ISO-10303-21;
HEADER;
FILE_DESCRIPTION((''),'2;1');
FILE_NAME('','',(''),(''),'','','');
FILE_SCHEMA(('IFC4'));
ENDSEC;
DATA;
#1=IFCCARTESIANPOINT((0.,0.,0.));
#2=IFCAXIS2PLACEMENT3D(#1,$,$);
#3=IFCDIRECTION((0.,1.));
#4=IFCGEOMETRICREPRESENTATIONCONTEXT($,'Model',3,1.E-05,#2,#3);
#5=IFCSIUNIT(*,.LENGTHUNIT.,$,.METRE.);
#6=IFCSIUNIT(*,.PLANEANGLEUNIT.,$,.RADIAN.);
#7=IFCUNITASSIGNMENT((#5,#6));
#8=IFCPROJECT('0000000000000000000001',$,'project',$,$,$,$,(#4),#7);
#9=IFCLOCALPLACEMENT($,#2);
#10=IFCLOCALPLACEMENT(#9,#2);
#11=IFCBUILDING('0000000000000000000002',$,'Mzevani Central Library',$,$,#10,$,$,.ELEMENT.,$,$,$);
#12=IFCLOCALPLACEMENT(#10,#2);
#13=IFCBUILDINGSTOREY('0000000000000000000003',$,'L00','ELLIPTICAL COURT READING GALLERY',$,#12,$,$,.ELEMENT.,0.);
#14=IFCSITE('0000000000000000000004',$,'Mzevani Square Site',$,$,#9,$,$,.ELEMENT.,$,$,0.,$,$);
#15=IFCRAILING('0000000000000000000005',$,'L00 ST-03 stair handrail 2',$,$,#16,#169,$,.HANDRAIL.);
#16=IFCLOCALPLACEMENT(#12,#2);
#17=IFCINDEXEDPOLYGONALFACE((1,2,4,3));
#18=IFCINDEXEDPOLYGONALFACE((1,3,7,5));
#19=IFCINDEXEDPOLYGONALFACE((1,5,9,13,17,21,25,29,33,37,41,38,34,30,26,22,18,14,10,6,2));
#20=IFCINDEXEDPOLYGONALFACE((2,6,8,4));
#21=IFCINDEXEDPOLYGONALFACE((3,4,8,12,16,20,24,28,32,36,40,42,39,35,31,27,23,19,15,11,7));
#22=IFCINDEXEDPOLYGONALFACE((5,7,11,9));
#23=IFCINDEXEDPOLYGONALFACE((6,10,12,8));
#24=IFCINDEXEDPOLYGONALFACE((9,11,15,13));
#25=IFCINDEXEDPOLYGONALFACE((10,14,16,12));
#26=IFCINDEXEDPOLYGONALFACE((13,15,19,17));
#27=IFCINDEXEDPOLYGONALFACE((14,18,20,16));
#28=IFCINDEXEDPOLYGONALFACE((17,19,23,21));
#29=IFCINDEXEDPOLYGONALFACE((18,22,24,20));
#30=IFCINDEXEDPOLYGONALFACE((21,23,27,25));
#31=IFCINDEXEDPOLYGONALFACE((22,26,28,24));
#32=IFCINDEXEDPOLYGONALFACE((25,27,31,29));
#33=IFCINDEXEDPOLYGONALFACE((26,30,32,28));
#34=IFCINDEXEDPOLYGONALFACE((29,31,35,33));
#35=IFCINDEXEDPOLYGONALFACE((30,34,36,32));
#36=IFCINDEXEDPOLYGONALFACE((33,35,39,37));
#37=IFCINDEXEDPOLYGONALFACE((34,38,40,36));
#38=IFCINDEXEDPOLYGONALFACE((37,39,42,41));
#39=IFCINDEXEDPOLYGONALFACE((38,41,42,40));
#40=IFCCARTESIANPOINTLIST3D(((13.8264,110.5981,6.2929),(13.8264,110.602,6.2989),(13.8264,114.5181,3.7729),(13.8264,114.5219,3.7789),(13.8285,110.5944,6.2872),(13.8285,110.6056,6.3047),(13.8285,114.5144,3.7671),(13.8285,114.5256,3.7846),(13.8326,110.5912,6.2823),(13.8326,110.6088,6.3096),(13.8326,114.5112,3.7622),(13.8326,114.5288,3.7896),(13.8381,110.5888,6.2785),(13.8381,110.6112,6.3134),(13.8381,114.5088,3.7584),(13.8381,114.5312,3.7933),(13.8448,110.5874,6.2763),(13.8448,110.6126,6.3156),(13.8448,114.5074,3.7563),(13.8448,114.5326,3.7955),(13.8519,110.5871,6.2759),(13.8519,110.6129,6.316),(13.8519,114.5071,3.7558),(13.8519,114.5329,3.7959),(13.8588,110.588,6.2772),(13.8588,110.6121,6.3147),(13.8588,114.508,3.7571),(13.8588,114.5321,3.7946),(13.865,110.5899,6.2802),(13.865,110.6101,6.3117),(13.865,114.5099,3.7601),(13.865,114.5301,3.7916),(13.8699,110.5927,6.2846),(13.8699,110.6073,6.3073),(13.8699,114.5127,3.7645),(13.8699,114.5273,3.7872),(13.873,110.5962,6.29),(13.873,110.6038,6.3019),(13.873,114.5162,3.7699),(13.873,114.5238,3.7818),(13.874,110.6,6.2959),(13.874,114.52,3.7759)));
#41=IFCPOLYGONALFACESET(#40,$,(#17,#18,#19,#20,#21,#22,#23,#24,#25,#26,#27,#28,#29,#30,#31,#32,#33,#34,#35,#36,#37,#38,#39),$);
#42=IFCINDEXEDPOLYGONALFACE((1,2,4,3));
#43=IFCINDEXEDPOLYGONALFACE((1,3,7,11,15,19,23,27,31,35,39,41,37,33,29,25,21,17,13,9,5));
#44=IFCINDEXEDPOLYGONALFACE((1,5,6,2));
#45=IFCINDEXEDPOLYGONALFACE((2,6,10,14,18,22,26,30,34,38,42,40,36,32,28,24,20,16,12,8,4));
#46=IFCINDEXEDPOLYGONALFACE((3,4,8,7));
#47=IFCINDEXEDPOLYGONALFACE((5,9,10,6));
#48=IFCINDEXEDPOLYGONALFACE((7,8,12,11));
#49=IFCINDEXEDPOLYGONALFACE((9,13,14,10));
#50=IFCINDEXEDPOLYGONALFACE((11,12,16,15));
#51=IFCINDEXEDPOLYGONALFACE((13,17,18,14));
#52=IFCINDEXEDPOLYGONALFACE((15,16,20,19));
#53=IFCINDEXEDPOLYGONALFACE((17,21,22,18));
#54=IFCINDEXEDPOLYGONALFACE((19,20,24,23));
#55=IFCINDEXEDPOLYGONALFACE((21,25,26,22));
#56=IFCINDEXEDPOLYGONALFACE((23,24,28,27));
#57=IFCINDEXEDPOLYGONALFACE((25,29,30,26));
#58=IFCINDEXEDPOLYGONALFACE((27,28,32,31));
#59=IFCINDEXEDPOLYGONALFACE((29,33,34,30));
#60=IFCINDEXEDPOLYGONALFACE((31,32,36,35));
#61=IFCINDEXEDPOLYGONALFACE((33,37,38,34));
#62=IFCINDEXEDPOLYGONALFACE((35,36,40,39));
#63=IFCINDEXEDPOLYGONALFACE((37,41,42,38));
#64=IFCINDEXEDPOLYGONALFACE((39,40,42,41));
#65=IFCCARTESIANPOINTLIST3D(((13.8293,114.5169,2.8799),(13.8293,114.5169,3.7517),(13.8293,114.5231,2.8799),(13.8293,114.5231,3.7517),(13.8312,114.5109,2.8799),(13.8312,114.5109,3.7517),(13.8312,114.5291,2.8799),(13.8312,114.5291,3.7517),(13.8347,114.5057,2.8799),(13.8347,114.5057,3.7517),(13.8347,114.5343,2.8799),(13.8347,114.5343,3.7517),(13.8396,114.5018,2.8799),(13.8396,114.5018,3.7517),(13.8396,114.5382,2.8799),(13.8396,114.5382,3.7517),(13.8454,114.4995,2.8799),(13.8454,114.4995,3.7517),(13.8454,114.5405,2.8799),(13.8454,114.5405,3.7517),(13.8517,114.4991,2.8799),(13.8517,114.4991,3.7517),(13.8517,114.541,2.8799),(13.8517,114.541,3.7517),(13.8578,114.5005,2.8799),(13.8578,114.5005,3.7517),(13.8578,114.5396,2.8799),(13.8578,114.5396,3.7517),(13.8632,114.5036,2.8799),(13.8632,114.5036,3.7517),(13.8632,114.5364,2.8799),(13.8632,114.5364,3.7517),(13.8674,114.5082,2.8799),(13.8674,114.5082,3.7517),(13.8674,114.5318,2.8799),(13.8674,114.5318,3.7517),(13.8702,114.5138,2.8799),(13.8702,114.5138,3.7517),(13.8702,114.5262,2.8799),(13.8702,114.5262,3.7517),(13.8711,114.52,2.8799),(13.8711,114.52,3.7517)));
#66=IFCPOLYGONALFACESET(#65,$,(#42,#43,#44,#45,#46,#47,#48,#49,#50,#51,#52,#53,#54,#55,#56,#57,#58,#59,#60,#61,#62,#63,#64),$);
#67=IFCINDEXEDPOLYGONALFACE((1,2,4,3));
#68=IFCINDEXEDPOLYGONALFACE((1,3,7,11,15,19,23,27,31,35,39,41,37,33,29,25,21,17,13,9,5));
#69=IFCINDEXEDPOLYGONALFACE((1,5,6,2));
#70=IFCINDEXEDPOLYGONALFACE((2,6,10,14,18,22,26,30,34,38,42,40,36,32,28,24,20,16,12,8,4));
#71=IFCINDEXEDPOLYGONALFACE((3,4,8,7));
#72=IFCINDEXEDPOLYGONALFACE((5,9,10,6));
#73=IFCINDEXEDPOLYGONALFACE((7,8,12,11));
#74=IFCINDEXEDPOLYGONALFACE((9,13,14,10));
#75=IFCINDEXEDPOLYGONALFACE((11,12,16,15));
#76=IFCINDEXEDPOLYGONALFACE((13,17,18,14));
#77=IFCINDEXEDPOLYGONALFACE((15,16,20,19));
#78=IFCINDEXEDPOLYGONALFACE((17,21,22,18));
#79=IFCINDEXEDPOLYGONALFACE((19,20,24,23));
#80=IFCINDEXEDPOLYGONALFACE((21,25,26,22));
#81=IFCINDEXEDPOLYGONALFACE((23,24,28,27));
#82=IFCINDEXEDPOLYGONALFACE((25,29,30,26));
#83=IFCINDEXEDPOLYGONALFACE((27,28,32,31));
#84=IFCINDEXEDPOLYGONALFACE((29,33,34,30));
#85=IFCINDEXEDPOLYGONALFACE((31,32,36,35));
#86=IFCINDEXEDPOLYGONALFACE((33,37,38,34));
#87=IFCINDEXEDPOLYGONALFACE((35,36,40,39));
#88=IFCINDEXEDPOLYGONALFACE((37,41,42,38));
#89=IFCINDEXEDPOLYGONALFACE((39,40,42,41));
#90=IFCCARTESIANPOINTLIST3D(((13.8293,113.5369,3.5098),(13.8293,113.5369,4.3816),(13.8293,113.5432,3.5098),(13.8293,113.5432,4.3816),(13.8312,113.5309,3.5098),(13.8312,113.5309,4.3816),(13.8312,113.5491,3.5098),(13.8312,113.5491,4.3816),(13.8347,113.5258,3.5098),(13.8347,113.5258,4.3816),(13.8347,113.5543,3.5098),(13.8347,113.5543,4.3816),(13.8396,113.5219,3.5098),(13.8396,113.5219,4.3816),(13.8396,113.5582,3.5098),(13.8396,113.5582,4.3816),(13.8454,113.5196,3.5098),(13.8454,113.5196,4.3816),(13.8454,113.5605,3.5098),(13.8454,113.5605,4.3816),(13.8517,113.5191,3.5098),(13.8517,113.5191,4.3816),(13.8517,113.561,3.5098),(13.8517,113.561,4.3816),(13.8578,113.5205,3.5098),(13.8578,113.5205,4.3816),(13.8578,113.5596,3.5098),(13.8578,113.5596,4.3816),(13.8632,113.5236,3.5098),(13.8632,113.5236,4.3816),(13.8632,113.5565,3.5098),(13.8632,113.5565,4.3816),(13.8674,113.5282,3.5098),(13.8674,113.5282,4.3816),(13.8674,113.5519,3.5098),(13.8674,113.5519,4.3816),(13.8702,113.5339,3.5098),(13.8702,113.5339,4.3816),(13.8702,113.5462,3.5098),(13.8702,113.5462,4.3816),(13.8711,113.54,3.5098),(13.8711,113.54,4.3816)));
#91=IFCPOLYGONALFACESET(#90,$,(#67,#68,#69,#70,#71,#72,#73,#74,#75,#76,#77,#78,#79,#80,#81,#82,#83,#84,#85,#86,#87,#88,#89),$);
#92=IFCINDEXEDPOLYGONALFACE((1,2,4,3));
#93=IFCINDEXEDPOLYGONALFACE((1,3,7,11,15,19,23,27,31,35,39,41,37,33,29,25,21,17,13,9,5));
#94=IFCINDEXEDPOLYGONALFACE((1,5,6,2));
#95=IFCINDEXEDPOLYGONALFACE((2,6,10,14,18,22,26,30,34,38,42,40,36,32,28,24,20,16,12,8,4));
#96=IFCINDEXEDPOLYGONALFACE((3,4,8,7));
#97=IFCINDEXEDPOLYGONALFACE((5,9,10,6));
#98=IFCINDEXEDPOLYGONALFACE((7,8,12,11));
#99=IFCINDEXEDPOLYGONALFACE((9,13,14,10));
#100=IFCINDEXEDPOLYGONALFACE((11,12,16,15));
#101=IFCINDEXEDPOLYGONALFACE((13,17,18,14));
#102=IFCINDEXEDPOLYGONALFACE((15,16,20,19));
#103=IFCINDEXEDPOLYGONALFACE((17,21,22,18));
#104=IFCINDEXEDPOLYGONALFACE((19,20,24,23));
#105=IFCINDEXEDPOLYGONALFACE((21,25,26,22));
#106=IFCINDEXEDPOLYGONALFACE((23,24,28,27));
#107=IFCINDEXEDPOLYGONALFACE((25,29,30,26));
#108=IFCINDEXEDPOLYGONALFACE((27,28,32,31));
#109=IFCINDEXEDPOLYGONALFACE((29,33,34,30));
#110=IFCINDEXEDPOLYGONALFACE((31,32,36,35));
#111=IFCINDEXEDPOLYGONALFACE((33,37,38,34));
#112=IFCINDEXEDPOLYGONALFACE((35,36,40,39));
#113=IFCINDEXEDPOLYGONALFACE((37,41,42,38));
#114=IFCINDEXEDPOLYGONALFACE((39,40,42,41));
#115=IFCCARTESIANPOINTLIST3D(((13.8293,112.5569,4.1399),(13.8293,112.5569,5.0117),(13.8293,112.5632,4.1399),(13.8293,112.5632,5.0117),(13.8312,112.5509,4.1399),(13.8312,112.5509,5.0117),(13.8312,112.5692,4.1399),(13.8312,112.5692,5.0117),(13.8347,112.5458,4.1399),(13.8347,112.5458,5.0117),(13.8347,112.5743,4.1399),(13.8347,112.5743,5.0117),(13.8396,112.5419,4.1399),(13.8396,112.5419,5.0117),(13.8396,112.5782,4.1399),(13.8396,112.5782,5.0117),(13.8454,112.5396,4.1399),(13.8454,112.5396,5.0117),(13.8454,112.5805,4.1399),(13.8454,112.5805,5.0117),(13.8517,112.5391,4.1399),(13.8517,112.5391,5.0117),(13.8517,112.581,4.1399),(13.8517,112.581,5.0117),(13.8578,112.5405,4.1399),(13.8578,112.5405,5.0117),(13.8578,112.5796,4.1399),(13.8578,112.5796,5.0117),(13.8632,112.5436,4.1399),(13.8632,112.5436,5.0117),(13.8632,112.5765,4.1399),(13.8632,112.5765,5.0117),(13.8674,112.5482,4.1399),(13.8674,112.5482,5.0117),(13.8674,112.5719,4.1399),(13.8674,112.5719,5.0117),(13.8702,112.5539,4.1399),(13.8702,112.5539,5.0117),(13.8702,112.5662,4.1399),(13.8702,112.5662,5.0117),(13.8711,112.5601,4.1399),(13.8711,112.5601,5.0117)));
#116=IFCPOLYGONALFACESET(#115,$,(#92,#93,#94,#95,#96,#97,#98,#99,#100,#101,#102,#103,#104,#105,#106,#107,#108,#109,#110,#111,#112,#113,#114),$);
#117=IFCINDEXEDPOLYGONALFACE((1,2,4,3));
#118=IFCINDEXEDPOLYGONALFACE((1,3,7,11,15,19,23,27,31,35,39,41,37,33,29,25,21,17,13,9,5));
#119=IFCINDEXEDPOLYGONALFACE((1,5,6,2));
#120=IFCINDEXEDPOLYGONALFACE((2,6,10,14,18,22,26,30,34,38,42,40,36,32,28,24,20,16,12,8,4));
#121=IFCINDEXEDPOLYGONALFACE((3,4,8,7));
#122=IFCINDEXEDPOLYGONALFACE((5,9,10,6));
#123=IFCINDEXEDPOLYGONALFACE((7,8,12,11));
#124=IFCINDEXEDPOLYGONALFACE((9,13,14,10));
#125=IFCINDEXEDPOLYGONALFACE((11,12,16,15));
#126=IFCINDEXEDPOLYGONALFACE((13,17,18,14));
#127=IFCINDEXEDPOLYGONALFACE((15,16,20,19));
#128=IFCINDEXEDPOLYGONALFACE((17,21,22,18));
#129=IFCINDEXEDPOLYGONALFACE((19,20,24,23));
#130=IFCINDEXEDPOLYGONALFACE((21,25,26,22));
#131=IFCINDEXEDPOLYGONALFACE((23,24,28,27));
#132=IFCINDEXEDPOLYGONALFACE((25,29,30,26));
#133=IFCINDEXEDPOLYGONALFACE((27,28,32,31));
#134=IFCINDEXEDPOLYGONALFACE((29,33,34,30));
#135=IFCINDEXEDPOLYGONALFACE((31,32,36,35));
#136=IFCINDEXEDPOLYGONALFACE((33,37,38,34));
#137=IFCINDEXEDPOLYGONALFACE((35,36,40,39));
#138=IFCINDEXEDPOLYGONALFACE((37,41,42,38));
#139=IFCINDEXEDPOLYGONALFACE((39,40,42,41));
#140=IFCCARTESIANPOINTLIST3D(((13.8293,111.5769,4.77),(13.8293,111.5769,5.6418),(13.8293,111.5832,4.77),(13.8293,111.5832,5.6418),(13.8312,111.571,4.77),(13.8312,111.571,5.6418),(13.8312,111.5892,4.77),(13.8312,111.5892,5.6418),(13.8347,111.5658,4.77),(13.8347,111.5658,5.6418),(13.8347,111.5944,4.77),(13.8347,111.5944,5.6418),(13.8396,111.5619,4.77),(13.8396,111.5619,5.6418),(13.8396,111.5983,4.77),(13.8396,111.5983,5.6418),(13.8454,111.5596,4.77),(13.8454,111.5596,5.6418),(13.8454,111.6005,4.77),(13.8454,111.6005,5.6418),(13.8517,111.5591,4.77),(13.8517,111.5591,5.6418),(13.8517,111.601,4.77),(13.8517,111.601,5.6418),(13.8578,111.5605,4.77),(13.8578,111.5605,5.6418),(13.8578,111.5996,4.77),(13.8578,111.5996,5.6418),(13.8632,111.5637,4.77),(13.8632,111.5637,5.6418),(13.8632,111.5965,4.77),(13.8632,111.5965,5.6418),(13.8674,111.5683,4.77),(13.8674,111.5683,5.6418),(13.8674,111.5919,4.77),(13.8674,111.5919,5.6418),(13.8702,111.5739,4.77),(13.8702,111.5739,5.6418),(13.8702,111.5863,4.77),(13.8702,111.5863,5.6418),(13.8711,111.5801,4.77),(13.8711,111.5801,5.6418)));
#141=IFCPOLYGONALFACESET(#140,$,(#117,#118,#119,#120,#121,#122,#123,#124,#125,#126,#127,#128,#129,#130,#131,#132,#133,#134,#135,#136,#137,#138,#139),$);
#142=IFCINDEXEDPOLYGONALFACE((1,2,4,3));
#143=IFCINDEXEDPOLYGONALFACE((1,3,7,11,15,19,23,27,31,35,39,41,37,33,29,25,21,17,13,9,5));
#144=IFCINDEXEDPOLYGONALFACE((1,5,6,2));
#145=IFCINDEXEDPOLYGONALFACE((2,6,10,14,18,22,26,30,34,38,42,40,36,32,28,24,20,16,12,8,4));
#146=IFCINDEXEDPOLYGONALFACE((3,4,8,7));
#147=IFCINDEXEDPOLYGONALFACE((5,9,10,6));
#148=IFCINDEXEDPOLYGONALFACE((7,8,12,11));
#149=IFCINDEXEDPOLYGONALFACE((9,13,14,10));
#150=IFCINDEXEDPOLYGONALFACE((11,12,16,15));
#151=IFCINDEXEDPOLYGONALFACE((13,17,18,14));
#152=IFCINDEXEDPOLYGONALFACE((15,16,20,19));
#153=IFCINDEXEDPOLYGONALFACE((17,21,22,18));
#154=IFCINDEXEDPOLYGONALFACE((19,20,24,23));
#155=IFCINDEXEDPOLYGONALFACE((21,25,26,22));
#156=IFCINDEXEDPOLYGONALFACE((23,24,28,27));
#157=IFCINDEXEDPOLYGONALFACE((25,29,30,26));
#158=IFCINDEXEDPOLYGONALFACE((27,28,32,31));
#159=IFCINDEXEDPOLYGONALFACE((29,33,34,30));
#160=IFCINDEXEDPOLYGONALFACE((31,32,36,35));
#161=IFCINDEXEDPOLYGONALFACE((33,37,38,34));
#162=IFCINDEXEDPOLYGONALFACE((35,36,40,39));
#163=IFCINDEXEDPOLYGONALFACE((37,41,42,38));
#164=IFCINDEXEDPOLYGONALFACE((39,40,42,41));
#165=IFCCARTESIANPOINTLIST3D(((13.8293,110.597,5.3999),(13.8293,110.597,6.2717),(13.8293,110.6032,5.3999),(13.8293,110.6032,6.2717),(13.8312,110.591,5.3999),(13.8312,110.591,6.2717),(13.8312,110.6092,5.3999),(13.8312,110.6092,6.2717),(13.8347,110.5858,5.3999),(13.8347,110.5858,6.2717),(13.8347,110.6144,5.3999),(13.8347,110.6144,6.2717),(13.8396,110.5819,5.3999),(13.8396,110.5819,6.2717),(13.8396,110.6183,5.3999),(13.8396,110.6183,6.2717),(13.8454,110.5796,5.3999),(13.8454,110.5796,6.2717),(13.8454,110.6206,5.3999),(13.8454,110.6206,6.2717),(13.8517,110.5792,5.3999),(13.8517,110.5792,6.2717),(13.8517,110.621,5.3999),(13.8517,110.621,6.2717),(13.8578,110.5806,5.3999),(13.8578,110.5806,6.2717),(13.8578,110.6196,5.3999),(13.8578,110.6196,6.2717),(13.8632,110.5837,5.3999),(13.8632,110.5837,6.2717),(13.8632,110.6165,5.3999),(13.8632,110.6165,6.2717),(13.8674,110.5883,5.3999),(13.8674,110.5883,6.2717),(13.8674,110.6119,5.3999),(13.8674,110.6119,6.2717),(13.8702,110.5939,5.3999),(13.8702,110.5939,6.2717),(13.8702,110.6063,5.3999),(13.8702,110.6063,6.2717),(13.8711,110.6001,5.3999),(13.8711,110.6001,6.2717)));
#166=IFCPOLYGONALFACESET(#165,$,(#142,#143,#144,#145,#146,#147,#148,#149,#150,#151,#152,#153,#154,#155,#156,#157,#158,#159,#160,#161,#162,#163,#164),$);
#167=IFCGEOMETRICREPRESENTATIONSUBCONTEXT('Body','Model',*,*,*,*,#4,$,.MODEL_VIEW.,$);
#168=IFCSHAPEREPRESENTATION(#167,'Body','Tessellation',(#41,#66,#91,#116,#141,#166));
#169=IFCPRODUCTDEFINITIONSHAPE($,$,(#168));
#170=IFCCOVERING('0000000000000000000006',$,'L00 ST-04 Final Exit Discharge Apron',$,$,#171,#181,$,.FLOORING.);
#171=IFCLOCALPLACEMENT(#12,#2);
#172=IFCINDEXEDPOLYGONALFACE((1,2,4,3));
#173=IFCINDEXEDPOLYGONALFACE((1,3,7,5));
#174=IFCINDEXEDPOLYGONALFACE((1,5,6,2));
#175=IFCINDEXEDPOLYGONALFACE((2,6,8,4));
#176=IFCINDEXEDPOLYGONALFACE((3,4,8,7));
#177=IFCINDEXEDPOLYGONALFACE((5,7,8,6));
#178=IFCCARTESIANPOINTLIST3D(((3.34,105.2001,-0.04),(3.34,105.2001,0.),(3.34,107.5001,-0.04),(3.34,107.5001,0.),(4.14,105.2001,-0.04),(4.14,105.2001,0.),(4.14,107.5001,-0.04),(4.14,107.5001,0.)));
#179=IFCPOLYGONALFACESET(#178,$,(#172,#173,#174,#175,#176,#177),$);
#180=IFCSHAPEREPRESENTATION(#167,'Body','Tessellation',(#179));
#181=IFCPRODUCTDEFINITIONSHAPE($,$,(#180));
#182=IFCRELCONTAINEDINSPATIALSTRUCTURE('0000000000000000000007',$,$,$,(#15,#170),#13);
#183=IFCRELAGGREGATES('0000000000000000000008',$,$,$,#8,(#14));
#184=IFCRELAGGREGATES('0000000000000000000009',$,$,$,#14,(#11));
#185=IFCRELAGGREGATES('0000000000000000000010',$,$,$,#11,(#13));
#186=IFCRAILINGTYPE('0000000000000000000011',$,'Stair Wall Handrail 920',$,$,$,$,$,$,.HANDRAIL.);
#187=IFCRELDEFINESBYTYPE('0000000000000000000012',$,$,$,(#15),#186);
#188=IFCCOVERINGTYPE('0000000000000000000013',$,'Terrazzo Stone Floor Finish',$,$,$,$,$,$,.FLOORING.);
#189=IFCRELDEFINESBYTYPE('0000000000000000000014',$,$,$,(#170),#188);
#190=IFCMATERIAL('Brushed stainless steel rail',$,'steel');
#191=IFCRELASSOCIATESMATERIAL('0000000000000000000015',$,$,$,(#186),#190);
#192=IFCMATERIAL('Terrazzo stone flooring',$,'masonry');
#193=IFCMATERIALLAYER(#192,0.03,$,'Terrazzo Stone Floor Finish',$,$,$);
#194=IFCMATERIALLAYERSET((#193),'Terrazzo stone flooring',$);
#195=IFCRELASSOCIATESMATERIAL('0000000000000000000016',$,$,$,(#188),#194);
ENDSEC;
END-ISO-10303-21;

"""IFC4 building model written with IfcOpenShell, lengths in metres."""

from ifc_helpers import new_model, si_unit, direction, frame, origin, origin_2d, place, context, subcontext, project, spatial, rectangle, circle, extrude, material, layer, layer_set, type_object, element, save


model = new_model("IFC4")

# Units and contexts
model_context = context("Model", 3, precision=1e-05, world=origin(), true_north=direction((0.0, 1.0)))
body_context = subcontext(model_context, "Body", "Model", "MODEL_VIEW")
ifc_project = project(units=[si_unit("LENGTHUNIT", "METRE"), si_unit("PLANEANGLEUNIT", "RADIAN")], contexts=[model_context])

# Site, building, storey
site_placement = place(None, origin())
site = spatial("IfcSite", under=ifc_project, at=site_placement, Name="Mzevani Square Site", CompositionType="ELEMENT", RefElevation=0.0)
building_placement = place(site_placement, origin())
building = spatial("IfcBuilding", under=site, at=building_placement, Name="Mzevani Central Library", CompositionType="ELEMENT")
storey_placement = place(building_placement, origin())
storey = spatial("IfcBuildingStorey", under=building, at=storey_placement, Name="L00", Description="ELLIPTICAL COURT READING GALLERY", CompositionType="ELEMENT", Elevation=0.0)

# Railing
ifc_material_1 = material(Name="Brushed stainless steel rail", Category="steel")
railing_type = type_object("IfcRailingType", Name="Stair Wall Handrail 920", PredefinedType="HANDRAIL", material=ifc_material_1)
railing_placement = place(storey_placement, frame((13.8501, 114.52, 2.8799)))
element("IfcRailing", 1, at=railing_placement, inside=storey, type_object=railing_type, Name="L00 ST-03 stair handrail 2", PredefinedType="HANDRAIL", context=body_context, shape_type="SweptSolid", body=[
    extrude(circle(Radius=0.0239, at=origin_2d()), frame((0.0, 0.0, 0.896), z_axis=(0.0, -0.841172, 0.540768), x_axis=(1.0, 0.0, 0.0)), (0.0, 0.0, 1.0), 4.6602),
    extrude(circle(Radius=0.021, at=origin_2d()), origin(), (0.0, 0.0, 1.0), 0.8718),
    extrude(circle(Radius=0.021, at=origin_2d()), frame((0.0, -0.98, 0.6299)), (0.0, 0.0, 1.0), 0.8718),
    extrude(circle(Radius=0.021, at=origin_2d()), frame((0.0, -1.96, 1.26)), (0.0, 0.0, 1.0), 0.8718),
    extrude(circle(Radius=0.021, at=origin_2d()), frame((0.0, -2.9399, 1.8901)), (0.0, 0.0, 1.0), 0.8718),
    extrude(circle(Radius=0.021, at=origin_2d()), frame((0.0, -3.9199, 2.52)), (0.0, 0.0, 1.0), 0.8718),
])

# Covering
ifc_material_2 = material(Name="Terrazzo stone flooring", Category="masonry")
ifc_layer_1 = layer(ifc_material_2, 0.03, Name="Terrazzo Stone Floor Finish")
ifc_layer_set_1 = layer_set([ifc_layer_1], Name="Terrazzo stone flooring")
covering_type_1 = type_object("IfcCoveringType", Name="Terrazzo Stone Floor Finish", PredefinedType="FLOORING", material=ifc_layer_set_1)
covering_1_placement = place(storey_placement, frame((3.74, 106.3501, -0.04), z_axis=(0.0, 0.0, 1.0), x_axis=(0.0, 1.0, 0.0)))
element("IfcCovering", 2, at=covering_1_placement, inside=storey, type_object=covering_type_1, Name="L00 ST-04 Final Exit Discharge Apron", PredefinedType="FLOORING", context=body_context, shape_type="SweptSolid", body=[
    extrude(rectangle(XDim=2.3, YDim=0.8, at=origin_2d()), origin(), (0.0, 0.0, 1.0), 0.04),
])

save(model, "model.ifc")
